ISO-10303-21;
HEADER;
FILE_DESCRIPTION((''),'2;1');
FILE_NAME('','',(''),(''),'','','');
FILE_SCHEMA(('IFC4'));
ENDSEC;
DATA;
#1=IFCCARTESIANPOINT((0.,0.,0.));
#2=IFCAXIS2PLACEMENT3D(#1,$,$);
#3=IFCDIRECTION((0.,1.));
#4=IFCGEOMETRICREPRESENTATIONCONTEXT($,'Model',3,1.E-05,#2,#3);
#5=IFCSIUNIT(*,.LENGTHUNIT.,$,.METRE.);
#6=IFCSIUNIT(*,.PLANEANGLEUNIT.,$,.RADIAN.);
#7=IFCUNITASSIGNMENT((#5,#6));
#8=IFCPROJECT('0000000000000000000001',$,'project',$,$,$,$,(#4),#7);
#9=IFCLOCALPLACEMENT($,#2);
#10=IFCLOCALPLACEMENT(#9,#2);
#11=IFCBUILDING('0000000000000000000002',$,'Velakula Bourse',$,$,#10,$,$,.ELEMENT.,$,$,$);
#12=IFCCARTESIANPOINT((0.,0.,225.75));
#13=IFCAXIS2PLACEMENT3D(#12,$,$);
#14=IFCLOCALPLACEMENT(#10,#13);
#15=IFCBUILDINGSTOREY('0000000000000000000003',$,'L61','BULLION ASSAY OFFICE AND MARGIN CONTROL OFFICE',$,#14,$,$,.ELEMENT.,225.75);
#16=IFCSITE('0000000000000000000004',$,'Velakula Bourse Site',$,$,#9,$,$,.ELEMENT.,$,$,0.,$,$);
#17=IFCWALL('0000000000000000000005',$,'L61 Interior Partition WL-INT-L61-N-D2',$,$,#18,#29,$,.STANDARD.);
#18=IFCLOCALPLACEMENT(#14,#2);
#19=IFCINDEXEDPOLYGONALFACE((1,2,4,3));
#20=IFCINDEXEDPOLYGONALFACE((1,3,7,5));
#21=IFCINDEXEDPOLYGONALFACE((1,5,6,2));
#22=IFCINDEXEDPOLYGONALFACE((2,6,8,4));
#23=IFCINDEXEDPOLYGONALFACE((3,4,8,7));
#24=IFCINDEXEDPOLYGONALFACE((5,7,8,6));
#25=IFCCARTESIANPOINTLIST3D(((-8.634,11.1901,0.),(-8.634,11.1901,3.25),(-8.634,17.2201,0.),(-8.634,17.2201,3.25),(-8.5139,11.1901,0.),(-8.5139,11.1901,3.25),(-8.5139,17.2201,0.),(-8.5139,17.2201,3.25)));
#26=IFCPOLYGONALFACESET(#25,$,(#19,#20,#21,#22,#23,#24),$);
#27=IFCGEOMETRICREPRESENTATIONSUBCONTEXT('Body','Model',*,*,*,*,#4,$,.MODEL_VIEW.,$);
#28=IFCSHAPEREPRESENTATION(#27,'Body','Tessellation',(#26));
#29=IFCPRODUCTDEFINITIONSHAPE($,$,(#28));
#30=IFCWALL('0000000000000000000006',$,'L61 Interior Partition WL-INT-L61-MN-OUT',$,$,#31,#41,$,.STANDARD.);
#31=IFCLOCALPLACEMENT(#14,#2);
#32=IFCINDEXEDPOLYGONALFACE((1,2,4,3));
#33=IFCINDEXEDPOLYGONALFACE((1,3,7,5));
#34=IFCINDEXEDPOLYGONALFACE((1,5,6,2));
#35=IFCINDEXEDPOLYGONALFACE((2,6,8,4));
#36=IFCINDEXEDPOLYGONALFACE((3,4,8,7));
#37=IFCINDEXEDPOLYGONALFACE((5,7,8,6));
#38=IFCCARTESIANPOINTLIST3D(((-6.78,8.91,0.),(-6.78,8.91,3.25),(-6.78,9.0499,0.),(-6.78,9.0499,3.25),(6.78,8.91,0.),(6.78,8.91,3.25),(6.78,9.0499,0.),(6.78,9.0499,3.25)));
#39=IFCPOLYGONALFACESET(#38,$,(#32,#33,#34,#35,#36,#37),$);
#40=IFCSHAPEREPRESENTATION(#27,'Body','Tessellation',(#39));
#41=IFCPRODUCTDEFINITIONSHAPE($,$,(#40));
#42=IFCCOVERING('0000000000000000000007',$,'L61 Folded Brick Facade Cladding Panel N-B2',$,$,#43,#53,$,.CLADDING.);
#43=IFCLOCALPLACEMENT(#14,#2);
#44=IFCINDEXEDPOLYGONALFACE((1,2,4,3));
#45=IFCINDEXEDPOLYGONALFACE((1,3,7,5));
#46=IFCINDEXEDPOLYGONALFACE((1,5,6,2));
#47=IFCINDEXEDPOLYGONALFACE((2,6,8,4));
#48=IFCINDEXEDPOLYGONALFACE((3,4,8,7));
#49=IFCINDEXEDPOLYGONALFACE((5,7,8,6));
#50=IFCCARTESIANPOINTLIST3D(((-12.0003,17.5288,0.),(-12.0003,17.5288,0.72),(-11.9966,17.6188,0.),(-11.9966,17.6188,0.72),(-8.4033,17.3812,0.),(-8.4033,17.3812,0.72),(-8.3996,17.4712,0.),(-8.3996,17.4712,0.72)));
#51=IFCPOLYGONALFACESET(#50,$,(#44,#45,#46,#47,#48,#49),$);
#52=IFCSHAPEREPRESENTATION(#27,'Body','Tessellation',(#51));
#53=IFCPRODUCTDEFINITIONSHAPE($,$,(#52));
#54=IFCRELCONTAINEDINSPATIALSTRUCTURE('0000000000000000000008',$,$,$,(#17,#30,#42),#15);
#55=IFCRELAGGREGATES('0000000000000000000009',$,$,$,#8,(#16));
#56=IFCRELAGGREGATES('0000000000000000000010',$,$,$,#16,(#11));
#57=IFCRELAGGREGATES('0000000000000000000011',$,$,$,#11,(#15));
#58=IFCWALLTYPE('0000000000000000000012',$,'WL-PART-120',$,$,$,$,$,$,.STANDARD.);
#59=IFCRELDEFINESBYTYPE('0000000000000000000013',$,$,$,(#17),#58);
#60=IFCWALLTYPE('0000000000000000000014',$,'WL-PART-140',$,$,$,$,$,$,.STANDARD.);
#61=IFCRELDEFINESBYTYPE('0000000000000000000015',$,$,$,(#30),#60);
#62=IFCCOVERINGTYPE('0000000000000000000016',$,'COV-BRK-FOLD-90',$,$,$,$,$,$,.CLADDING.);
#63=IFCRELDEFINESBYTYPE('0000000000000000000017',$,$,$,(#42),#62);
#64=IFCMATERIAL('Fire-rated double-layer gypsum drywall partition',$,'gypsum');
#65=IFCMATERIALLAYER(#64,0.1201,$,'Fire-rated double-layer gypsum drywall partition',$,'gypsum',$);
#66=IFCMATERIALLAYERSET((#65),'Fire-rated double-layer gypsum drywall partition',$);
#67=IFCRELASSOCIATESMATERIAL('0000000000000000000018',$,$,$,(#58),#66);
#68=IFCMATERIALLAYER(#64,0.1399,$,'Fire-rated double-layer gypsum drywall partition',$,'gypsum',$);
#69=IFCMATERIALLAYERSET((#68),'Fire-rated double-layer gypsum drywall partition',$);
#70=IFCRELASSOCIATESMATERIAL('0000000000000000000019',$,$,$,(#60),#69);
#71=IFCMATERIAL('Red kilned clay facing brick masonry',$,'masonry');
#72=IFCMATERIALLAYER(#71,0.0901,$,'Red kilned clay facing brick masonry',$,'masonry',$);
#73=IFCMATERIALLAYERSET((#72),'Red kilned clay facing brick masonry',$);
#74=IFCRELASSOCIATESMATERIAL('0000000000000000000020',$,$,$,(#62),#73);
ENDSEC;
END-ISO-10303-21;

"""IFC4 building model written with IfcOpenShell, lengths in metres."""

from ifc_helpers import new_model, si_unit, direction, frame, frame_2d, origin, origin_2d, place, context, subcontext, project, spatial, rectangle, extrude, material, layer, layer_set, type_object, element, save


model = new_model("IFC4")

# Units and contexts
model_context = context("Model", 3, precision=1e-05, world=origin(), true_north=direction((0.0, 1.0)))
body_context = subcontext(model_context, "Body", "Model", "MODEL_VIEW")
ifc_project = project(units=[si_unit("LENGTHUNIT", "METRE"), si_unit("PLANEANGLEUNIT", "RADIAN")], contexts=[model_context])

# Site, building, storey
site_placement = place(None, origin())
site = spatial("IfcSite", under=ifc_project, at=site_placement, Name="Velakula Bourse Site", CompositionType="ELEMENT", RefElevation=0.0)
building_placement = place(site_placement, origin())
building = spatial("IfcBuilding", under=site, at=building_placement, Name="Velakula Bourse", CompositionType="ELEMENT")
storey_placement = place(building_placement, frame((0.0, 0.0, 225.75)))
storey = spatial("IfcBuildingStorey", under=building, at=storey_placement, Name="L61", Description="BULLION ASSAY OFFICE AND MARGIN CONTROL OFFICE", CompositionType="ELEMENT", Elevation=225.75)

# Walls
ifc_material_1 = material(Name="Fire-rated double-layer gypsum drywall partition", Category="gypsum")
ifc_layer_1 = layer(ifc_material_1, 0.1201, Name="Fire-rated double-layer gypsum drywall partition", Category="gypsum")
ifc_layer_set_1 = layer_set([ifc_layer_1], Name="Fire-rated double-layer gypsum drywall partition")
wall_type_1 = type_object("IfcWallType", Name="WL-PART-120", PredefinedType="STANDARD", material=ifc_layer_set_1)
wall_1_placement = place(storey_placement, frame((-8.574, 11.1899, 0.0), z_axis=(0.0, 0.0, 1.0), x_axis=(0.0, 1.0, 0.0)))
element("IfcWall", 1, at=wall_1_placement, inside=storey, type_object=wall_type_1, Name="L61 Interior Partition WL-INT-L61-N-D2", PredefinedType="STANDARD", context=body_context, shape_type="SweptSolid", body=[
    extrude(rectangle(XDim=6.03, YDim=0.1201, at=frame_2d((3.0151, 0.0))), origin(), (0.0, 0.0, 1.0), 3.25),
])
ifc_layer_2 = layer(ifc_material_1, 0.1399, Name="Fire-rated double-layer gypsum drywall partition", Category="gypsum")
ifc_layer_set_2 = layer_set([ifc_layer_2], Name="Fire-rated double-layer gypsum drywall partition")
wall_type_2 = type_object("IfcWallType", Name="WL-PART-140", PredefinedType="STANDARD", material=ifc_layer_set_2)
wall_2_placement = place(storey_placement, frame((-6.78, 8.98, 0.0), z_axis=(0.0, 0.0, 1.0), x_axis=(1.0, 0.0, 0.0)))
element("IfcWall", 2, at=wall_2_placement, inside=storey, type_object=wall_type_2, Name="L61 Interior Partition WL-INT-L61-MN-OUT", PredefinedType="STANDARD", context=body_context, shape_type="SweptSolid", body=[
    extrude(rectangle(XDim=13.5601, YDim=0.1399, at=frame_2d((6.78, 0.0))), origin(), (0.0, 0.0, 1.0), 3.25),
])

# Covering
ifc_material_2 = material(Name="Red kilned clay facing brick masonry", Category="masonry")
ifc_layer_3 = layer(ifc_material_2, 0.0901, Name="Red kilned clay facing brick masonry", Category="masonry")
ifc_layer_set_3 = layer_set([ifc_layer_3], Name="Red kilned clay facing brick masonry")
covering_type = type_object("IfcCoveringType", Name="COV-BRK-FOLD-90", PredefinedType="CLADDING", material=ifc_layer_set_3)
covering_placement = place(storey_placement, frame((-10.2, 17.5, 0.0), z_axis=(0.0, 0.0, 1.0), x_axis=(0.999159, -0.041004, 0.0)))
element("IfcCovering", 3, at=covering_placement, inside=storey, type_object=covering_type, Name="L61 Folded Brick Facade Cladding Panel N-B2", PredefinedType="CLADDING", context=body_context, shape_type="SweptSolid", body=[
    extrude(rectangle(XDim=3.6001, YDim=0.0901, at=origin_2d()), origin(), (0.0, 0.0, 1.0), 0.72),
])

save(model, "model.ifc")
